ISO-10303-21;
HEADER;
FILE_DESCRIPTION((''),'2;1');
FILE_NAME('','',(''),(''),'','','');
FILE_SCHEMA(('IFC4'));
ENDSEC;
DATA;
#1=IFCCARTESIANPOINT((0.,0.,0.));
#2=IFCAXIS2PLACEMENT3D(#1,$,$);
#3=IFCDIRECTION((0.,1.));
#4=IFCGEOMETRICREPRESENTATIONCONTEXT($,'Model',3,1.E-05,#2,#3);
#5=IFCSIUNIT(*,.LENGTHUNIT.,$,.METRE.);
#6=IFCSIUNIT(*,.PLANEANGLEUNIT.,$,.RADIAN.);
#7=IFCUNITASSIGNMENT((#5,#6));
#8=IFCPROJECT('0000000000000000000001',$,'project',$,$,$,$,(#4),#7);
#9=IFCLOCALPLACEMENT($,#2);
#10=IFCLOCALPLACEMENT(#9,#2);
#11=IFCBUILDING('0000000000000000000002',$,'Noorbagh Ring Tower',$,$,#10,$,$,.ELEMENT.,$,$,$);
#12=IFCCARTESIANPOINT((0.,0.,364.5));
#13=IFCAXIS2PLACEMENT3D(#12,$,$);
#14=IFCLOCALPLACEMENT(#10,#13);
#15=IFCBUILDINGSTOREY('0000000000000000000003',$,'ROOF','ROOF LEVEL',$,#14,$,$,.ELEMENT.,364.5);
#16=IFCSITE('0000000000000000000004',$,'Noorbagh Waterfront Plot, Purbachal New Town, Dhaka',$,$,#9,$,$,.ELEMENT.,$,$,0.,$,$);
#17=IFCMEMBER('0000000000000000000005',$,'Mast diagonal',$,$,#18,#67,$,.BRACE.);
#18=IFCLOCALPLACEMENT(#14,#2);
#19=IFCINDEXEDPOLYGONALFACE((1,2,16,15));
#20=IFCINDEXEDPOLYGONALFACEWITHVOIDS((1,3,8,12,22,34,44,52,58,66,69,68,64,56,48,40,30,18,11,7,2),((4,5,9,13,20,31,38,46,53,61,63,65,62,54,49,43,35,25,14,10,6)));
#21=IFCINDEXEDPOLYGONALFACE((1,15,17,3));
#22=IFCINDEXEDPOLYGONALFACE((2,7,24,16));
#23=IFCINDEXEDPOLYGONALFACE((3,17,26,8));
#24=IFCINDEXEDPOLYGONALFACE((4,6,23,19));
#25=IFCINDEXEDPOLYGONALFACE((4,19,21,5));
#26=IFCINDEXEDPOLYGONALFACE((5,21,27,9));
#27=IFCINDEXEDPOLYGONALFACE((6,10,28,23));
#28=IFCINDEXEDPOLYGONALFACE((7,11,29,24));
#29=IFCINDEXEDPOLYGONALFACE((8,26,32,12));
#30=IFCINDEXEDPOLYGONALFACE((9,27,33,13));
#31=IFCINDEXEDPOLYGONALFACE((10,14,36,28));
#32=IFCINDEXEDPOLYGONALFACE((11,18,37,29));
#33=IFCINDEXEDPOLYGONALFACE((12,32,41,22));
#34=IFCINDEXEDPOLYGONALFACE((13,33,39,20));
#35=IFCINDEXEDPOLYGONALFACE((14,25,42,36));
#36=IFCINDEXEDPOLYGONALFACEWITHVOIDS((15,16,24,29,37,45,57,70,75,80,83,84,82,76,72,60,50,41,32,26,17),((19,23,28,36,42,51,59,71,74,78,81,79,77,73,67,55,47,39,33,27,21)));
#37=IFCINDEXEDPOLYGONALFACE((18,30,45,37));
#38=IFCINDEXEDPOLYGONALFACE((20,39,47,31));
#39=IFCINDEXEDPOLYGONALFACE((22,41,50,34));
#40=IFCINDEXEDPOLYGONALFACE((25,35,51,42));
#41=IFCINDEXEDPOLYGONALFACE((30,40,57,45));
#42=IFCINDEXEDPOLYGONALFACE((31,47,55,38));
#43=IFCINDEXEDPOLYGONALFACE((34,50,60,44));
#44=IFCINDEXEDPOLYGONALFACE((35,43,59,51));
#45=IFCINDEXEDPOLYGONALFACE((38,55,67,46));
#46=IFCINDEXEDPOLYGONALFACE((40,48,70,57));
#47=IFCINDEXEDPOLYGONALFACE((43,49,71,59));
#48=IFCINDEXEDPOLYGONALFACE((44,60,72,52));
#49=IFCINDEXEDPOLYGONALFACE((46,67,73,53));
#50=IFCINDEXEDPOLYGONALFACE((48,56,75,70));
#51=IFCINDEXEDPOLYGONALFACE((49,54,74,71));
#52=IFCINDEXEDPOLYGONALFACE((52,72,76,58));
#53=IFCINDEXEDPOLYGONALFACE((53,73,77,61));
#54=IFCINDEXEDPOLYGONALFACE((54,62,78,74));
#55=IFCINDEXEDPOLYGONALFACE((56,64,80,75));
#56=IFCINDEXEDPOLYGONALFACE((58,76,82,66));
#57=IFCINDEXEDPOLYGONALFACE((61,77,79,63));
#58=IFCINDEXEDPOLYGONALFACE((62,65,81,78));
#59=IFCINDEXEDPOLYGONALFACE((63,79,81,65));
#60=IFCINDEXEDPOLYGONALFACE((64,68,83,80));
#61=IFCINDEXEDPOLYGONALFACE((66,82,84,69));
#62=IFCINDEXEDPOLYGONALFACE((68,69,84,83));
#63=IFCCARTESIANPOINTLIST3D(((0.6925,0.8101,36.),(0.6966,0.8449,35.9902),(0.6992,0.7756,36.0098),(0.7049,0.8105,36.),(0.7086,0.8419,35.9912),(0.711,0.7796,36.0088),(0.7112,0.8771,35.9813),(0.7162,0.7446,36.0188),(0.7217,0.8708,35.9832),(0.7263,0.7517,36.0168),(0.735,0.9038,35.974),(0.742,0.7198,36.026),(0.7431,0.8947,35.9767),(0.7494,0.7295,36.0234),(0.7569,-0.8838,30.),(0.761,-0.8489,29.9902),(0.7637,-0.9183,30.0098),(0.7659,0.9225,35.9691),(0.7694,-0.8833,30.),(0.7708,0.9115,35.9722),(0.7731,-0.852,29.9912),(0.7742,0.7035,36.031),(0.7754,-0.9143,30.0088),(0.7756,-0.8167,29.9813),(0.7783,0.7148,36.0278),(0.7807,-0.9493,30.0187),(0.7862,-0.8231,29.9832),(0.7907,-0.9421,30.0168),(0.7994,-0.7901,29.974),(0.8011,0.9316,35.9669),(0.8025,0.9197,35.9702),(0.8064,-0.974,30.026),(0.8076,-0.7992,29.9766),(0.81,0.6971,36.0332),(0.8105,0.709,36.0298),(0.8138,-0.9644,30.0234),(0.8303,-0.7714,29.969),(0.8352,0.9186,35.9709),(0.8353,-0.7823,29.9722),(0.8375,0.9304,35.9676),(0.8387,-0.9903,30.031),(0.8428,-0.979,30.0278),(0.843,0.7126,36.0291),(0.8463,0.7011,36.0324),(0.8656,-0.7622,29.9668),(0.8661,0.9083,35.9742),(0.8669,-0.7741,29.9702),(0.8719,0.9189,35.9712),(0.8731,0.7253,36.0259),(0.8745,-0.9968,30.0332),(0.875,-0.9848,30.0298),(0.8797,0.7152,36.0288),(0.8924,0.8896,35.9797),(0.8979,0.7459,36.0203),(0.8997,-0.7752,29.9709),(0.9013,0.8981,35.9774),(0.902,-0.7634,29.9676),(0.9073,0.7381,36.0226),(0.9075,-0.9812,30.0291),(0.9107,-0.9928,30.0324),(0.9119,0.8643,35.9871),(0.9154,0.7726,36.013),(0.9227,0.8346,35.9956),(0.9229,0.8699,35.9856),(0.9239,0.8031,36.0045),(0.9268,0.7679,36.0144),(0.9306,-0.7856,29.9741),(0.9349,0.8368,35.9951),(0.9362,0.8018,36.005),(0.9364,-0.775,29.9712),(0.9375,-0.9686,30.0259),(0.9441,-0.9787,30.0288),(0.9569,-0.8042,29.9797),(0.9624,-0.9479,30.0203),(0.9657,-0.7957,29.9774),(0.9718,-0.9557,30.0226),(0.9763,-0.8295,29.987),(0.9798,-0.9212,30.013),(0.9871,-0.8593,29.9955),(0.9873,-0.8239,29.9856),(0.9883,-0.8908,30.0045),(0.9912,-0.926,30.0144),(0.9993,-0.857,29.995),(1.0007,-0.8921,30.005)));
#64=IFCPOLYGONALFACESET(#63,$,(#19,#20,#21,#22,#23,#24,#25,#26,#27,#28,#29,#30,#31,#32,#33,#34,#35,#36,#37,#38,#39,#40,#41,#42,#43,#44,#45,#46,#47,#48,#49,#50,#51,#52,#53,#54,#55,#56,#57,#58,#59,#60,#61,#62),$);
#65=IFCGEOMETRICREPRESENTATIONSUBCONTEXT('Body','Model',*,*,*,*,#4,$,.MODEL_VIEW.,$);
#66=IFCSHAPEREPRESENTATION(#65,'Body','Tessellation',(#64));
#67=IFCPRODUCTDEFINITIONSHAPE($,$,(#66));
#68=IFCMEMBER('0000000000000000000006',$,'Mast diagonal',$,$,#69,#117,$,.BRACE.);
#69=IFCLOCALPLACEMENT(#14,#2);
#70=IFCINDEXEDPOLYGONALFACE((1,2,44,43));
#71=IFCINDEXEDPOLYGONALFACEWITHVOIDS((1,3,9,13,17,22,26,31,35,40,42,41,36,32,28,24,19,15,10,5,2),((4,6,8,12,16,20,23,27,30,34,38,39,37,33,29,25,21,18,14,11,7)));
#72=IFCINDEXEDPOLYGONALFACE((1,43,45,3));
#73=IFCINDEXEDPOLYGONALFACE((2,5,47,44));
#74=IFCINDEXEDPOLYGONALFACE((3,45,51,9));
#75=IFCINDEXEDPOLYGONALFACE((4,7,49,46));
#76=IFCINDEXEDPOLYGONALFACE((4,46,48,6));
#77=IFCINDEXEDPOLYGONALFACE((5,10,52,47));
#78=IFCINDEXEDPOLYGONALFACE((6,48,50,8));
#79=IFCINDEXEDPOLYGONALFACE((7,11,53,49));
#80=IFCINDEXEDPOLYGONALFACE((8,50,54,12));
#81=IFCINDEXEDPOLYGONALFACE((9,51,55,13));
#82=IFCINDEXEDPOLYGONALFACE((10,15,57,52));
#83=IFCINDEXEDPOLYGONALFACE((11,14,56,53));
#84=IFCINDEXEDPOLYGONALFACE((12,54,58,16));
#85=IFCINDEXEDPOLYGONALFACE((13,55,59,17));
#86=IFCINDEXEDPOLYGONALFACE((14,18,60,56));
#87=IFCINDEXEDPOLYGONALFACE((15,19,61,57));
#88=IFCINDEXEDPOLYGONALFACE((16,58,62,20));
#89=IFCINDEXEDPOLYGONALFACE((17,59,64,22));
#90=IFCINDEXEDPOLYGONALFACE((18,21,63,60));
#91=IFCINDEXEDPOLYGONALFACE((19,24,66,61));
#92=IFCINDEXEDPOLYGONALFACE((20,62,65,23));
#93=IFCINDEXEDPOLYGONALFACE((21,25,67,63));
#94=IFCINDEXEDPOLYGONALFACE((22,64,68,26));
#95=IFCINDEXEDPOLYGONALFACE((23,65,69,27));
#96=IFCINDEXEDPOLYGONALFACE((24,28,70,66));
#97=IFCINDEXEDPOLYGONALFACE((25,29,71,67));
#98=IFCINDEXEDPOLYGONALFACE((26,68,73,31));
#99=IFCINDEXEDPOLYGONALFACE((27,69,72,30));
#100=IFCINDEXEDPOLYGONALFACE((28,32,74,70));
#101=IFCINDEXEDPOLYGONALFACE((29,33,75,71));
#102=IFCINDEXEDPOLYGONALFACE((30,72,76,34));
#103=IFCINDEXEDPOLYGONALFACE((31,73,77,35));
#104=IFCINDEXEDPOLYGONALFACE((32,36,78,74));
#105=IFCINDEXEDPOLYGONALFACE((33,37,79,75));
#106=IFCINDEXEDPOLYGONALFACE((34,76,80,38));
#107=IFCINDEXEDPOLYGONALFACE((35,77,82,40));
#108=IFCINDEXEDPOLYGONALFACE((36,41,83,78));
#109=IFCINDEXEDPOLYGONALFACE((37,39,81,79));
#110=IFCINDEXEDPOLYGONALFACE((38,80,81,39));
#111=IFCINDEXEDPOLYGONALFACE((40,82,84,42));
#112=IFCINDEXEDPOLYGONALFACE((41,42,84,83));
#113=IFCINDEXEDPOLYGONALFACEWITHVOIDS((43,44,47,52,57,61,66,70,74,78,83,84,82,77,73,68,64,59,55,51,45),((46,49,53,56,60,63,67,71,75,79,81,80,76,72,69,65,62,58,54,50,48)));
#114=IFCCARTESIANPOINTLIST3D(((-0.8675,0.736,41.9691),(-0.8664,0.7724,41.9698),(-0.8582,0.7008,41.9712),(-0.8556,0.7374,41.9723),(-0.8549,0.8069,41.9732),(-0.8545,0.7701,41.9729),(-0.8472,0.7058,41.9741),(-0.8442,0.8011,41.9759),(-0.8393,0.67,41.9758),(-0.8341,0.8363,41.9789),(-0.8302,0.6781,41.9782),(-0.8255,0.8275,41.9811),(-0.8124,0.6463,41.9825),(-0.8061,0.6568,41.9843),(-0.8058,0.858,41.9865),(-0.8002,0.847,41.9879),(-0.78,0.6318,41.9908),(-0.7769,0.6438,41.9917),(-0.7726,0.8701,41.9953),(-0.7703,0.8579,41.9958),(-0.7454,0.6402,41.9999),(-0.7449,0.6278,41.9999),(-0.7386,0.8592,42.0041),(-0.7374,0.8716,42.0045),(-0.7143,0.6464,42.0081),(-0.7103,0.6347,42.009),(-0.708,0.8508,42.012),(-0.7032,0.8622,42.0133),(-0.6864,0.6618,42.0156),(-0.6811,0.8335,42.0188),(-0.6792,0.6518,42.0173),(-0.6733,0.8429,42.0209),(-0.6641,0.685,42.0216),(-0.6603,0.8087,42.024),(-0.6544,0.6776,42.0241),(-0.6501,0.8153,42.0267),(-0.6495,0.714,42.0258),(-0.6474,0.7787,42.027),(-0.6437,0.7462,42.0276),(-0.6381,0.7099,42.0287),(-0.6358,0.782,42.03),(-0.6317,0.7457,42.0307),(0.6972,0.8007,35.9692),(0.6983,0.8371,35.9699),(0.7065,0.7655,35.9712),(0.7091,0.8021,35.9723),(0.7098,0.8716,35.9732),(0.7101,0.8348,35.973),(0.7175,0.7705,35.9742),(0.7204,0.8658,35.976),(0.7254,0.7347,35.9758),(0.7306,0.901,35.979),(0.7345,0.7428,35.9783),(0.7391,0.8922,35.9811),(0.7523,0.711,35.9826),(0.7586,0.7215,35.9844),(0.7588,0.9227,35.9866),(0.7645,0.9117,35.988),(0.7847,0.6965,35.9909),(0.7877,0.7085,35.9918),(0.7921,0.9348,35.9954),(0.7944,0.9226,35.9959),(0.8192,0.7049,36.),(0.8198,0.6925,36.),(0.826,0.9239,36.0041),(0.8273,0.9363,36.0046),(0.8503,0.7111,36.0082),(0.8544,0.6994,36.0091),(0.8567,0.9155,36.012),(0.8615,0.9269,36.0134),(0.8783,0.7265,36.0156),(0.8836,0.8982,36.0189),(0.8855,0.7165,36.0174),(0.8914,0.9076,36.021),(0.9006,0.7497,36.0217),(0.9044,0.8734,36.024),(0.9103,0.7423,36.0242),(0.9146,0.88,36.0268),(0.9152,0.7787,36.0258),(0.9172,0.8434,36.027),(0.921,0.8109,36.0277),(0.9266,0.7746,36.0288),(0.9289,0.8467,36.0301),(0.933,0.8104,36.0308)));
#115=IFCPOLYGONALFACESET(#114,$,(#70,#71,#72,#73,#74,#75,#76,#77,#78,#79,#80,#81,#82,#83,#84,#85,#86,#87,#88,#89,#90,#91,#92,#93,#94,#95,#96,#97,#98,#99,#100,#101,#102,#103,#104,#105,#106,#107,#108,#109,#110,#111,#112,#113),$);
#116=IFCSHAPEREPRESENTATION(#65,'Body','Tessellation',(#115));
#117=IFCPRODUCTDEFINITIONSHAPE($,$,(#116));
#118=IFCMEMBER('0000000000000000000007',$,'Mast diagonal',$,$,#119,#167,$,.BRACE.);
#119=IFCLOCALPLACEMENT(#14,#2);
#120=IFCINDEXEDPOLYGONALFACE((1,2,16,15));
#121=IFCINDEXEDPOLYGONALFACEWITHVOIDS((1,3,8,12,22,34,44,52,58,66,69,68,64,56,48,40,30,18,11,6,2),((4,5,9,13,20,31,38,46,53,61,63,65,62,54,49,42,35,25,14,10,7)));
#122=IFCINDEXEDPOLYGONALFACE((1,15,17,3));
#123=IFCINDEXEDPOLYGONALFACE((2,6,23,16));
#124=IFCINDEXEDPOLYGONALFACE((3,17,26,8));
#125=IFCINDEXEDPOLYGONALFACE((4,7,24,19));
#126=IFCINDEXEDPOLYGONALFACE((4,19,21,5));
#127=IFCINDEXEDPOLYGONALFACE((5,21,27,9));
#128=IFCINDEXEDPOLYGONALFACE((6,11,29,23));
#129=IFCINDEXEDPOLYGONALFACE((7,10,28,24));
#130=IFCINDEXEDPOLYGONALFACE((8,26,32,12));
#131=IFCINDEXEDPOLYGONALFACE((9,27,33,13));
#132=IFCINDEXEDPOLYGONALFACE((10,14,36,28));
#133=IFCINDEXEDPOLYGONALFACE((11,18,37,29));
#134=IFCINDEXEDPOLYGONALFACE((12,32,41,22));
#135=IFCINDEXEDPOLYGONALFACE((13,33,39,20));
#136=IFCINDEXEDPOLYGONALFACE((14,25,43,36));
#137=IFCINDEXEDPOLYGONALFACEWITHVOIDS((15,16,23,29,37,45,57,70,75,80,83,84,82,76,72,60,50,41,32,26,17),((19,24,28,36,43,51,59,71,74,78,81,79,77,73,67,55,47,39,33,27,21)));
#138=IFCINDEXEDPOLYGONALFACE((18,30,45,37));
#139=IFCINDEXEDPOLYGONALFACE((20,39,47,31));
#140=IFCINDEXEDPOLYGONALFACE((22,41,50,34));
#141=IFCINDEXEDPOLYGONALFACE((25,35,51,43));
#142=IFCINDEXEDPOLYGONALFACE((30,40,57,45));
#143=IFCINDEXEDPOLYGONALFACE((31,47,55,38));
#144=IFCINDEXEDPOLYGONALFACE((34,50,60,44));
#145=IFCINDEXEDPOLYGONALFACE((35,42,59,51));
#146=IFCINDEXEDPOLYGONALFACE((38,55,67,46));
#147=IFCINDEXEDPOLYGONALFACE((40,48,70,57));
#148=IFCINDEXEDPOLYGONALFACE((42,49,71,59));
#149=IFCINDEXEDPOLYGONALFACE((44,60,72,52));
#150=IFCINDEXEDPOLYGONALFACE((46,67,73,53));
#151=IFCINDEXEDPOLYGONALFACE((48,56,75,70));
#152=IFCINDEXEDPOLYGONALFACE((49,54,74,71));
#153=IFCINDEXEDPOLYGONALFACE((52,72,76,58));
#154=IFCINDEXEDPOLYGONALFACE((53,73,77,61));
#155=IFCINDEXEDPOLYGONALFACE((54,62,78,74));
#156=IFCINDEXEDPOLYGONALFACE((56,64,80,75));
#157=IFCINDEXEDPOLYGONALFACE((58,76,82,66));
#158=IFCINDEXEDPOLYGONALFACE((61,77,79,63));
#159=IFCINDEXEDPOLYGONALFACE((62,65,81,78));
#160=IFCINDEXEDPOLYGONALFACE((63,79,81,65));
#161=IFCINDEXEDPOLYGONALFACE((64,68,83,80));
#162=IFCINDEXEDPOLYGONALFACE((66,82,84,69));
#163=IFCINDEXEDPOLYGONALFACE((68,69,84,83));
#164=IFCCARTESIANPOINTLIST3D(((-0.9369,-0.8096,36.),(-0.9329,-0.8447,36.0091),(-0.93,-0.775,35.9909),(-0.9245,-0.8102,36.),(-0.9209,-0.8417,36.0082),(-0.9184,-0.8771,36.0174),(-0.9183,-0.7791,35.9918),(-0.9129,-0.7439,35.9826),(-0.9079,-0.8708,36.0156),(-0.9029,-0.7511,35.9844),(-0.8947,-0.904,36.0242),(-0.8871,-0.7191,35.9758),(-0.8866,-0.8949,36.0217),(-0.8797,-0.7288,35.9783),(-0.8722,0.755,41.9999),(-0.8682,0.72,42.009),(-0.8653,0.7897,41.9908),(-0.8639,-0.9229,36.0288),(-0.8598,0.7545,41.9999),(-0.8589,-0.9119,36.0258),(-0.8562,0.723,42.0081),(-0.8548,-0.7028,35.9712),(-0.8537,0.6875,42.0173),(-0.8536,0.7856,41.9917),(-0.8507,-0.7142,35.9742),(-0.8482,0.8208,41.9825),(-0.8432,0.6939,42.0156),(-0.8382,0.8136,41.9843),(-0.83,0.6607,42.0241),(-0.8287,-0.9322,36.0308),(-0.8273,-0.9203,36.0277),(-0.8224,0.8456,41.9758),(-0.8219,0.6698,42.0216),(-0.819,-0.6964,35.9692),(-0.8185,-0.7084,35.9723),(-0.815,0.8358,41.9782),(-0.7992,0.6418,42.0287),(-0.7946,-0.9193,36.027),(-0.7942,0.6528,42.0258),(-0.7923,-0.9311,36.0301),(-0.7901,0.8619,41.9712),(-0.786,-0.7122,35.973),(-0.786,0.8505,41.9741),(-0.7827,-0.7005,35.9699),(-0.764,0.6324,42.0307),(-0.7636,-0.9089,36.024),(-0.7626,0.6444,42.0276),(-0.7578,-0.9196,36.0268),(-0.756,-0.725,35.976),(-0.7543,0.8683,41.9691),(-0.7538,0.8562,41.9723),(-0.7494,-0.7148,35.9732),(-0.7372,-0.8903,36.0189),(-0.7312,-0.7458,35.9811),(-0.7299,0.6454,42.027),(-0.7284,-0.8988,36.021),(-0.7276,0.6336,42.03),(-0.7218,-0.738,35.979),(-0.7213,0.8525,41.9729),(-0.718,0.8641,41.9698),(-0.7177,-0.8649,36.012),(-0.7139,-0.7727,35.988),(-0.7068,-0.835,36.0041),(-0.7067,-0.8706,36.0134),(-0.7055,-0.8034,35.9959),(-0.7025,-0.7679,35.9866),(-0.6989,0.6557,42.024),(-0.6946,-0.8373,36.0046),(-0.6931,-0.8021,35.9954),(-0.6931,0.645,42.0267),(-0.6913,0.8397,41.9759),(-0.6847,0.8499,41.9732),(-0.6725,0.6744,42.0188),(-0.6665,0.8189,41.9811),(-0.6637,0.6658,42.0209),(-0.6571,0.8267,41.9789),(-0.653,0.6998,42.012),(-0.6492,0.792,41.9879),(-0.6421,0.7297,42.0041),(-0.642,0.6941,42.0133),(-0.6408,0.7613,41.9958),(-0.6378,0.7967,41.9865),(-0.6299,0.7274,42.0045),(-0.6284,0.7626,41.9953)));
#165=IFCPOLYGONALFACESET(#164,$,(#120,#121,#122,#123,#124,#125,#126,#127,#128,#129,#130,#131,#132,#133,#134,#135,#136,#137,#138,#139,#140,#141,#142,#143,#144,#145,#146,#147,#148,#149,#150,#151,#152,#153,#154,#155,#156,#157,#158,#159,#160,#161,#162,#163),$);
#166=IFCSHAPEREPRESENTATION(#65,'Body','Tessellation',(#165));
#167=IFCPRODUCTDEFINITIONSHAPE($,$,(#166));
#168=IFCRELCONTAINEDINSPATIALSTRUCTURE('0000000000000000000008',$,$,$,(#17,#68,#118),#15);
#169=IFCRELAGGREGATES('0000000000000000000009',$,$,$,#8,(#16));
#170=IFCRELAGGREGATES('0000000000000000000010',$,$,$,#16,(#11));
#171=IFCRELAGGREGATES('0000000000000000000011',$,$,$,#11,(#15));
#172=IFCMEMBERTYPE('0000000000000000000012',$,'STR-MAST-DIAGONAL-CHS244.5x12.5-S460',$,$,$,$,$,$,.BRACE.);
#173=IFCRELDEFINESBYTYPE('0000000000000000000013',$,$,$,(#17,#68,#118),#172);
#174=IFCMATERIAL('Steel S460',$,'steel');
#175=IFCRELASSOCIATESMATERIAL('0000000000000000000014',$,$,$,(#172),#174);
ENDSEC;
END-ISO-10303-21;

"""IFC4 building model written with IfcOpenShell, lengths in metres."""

from ifc_helpers import new_model, si_unit, direction, frame, origin, origin_2d, place, context, subcontext, project, spatial, hollow_circle, extrude, material, material_profile, profile_set, type_object, element, save


model = new_model("IFC4")

# Units and contexts
model_context = context("Model", 3, precision=1e-05, world=origin(), true_north=direction((0.0, 1.0)))
body_context = subcontext(model_context, "Body", "Model", "MODEL_VIEW")
ifc_project = project(units=[si_unit("LENGTHUNIT", "METRE"), si_unit("PLANEANGLEUNIT", "RADIAN")], contexts=[model_context])

# Site, building, storey
site_placement = place(None, origin())
site = spatial("IfcSite", under=ifc_project, at=site_placement, Name="Noorbagh Waterfront Plot, Purbachal New Town, Dhaka", CompositionType="ELEMENT", RefElevation=0.0)
building_placement = place(site_placement, origin())
building = spatial("IfcBuilding", under=site, at=building_placement, Name="Noorbagh Ring Tower", CompositionType="ELEMENT")
storey_placement = place(building_placement, frame((0.0, 0.0, 364.5)))
storey = spatial("IfcBuildingStorey", under=building, at=storey_placement, Name="ROOF", Description="ROOF LEVEL", CompositionType="ELEMENT", Elevation=364.5)

# Members
ifc_material_1 = material(Name="Steel S460", Category="steel")
ifc_material_profile_1 = material_profile(ifc_material_1, hollow_circle(Radius=0.1223, WallThickness=0.0125, at=origin_2d()), Name="CHS244.5x12.5")
ifc_profile_set_1 = profile_set([ifc_material_profile_1], Name="Steel S460")
member_type_1 = type_object("IfcMemberType", Name="STR-MAST-DIAGONAL-CHS244.5x12.5-S460", PredefinedType="BRACE", material=ifc_profile_set_1)
for number, where, z_axis, x_axis, name in (
    (1, (0.8792, -0.8792, 30.0), (-0.010338, 0.271674, 0.962334), (-0.999277, -0.038024, 0.0), "Mast diagonal"),
):
    element("IfcMember", number, at=place(storey_placement, frame(where, z_axis=z_axis, x_axis=x_axis)), inside=storey, type_object=member_type_1, Name=name, PredefinedType="BRACE", context=body_context, shape_type="SweptSolid", body=[
        extrude(hollow_circle(Radius=0.1223, WallThickness=0.0125, at=origin_2d()), origin(), (0.0, 0.0, 1.0), 6.2349),
    ])
for number, where, z_axis, x_axis, name in (
    (2, (0.8147, 0.8147, 36.0), (-0.25233, -0.010433, 0.967585), (0.041313, -0.999146, 0.0), "Mast diagonal"),
    (3, (-0.8147, -0.8147, 36.0), (0.010433, 0.25233, 0.967585), (-0.999146, 0.041313, 0.0), "Mast diagonal"),
):
    element("IfcMember", number, at=place(storey_placement, frame(where, z_axis=z_axis, x_axis=x_axis)), inside=storey, type_object=member_type_1, Name=name, PredefinedType="BRACE", context=body_context, shape_type="SweptSolid", body=[
        extrude(hollow_circle(Radius=0.1223, WallThickness=0.0125, at=origin_2d()), origin(), (0.0, 0.0, 1.0), 6.2009),
    ])

save(model, "model.ifc")
